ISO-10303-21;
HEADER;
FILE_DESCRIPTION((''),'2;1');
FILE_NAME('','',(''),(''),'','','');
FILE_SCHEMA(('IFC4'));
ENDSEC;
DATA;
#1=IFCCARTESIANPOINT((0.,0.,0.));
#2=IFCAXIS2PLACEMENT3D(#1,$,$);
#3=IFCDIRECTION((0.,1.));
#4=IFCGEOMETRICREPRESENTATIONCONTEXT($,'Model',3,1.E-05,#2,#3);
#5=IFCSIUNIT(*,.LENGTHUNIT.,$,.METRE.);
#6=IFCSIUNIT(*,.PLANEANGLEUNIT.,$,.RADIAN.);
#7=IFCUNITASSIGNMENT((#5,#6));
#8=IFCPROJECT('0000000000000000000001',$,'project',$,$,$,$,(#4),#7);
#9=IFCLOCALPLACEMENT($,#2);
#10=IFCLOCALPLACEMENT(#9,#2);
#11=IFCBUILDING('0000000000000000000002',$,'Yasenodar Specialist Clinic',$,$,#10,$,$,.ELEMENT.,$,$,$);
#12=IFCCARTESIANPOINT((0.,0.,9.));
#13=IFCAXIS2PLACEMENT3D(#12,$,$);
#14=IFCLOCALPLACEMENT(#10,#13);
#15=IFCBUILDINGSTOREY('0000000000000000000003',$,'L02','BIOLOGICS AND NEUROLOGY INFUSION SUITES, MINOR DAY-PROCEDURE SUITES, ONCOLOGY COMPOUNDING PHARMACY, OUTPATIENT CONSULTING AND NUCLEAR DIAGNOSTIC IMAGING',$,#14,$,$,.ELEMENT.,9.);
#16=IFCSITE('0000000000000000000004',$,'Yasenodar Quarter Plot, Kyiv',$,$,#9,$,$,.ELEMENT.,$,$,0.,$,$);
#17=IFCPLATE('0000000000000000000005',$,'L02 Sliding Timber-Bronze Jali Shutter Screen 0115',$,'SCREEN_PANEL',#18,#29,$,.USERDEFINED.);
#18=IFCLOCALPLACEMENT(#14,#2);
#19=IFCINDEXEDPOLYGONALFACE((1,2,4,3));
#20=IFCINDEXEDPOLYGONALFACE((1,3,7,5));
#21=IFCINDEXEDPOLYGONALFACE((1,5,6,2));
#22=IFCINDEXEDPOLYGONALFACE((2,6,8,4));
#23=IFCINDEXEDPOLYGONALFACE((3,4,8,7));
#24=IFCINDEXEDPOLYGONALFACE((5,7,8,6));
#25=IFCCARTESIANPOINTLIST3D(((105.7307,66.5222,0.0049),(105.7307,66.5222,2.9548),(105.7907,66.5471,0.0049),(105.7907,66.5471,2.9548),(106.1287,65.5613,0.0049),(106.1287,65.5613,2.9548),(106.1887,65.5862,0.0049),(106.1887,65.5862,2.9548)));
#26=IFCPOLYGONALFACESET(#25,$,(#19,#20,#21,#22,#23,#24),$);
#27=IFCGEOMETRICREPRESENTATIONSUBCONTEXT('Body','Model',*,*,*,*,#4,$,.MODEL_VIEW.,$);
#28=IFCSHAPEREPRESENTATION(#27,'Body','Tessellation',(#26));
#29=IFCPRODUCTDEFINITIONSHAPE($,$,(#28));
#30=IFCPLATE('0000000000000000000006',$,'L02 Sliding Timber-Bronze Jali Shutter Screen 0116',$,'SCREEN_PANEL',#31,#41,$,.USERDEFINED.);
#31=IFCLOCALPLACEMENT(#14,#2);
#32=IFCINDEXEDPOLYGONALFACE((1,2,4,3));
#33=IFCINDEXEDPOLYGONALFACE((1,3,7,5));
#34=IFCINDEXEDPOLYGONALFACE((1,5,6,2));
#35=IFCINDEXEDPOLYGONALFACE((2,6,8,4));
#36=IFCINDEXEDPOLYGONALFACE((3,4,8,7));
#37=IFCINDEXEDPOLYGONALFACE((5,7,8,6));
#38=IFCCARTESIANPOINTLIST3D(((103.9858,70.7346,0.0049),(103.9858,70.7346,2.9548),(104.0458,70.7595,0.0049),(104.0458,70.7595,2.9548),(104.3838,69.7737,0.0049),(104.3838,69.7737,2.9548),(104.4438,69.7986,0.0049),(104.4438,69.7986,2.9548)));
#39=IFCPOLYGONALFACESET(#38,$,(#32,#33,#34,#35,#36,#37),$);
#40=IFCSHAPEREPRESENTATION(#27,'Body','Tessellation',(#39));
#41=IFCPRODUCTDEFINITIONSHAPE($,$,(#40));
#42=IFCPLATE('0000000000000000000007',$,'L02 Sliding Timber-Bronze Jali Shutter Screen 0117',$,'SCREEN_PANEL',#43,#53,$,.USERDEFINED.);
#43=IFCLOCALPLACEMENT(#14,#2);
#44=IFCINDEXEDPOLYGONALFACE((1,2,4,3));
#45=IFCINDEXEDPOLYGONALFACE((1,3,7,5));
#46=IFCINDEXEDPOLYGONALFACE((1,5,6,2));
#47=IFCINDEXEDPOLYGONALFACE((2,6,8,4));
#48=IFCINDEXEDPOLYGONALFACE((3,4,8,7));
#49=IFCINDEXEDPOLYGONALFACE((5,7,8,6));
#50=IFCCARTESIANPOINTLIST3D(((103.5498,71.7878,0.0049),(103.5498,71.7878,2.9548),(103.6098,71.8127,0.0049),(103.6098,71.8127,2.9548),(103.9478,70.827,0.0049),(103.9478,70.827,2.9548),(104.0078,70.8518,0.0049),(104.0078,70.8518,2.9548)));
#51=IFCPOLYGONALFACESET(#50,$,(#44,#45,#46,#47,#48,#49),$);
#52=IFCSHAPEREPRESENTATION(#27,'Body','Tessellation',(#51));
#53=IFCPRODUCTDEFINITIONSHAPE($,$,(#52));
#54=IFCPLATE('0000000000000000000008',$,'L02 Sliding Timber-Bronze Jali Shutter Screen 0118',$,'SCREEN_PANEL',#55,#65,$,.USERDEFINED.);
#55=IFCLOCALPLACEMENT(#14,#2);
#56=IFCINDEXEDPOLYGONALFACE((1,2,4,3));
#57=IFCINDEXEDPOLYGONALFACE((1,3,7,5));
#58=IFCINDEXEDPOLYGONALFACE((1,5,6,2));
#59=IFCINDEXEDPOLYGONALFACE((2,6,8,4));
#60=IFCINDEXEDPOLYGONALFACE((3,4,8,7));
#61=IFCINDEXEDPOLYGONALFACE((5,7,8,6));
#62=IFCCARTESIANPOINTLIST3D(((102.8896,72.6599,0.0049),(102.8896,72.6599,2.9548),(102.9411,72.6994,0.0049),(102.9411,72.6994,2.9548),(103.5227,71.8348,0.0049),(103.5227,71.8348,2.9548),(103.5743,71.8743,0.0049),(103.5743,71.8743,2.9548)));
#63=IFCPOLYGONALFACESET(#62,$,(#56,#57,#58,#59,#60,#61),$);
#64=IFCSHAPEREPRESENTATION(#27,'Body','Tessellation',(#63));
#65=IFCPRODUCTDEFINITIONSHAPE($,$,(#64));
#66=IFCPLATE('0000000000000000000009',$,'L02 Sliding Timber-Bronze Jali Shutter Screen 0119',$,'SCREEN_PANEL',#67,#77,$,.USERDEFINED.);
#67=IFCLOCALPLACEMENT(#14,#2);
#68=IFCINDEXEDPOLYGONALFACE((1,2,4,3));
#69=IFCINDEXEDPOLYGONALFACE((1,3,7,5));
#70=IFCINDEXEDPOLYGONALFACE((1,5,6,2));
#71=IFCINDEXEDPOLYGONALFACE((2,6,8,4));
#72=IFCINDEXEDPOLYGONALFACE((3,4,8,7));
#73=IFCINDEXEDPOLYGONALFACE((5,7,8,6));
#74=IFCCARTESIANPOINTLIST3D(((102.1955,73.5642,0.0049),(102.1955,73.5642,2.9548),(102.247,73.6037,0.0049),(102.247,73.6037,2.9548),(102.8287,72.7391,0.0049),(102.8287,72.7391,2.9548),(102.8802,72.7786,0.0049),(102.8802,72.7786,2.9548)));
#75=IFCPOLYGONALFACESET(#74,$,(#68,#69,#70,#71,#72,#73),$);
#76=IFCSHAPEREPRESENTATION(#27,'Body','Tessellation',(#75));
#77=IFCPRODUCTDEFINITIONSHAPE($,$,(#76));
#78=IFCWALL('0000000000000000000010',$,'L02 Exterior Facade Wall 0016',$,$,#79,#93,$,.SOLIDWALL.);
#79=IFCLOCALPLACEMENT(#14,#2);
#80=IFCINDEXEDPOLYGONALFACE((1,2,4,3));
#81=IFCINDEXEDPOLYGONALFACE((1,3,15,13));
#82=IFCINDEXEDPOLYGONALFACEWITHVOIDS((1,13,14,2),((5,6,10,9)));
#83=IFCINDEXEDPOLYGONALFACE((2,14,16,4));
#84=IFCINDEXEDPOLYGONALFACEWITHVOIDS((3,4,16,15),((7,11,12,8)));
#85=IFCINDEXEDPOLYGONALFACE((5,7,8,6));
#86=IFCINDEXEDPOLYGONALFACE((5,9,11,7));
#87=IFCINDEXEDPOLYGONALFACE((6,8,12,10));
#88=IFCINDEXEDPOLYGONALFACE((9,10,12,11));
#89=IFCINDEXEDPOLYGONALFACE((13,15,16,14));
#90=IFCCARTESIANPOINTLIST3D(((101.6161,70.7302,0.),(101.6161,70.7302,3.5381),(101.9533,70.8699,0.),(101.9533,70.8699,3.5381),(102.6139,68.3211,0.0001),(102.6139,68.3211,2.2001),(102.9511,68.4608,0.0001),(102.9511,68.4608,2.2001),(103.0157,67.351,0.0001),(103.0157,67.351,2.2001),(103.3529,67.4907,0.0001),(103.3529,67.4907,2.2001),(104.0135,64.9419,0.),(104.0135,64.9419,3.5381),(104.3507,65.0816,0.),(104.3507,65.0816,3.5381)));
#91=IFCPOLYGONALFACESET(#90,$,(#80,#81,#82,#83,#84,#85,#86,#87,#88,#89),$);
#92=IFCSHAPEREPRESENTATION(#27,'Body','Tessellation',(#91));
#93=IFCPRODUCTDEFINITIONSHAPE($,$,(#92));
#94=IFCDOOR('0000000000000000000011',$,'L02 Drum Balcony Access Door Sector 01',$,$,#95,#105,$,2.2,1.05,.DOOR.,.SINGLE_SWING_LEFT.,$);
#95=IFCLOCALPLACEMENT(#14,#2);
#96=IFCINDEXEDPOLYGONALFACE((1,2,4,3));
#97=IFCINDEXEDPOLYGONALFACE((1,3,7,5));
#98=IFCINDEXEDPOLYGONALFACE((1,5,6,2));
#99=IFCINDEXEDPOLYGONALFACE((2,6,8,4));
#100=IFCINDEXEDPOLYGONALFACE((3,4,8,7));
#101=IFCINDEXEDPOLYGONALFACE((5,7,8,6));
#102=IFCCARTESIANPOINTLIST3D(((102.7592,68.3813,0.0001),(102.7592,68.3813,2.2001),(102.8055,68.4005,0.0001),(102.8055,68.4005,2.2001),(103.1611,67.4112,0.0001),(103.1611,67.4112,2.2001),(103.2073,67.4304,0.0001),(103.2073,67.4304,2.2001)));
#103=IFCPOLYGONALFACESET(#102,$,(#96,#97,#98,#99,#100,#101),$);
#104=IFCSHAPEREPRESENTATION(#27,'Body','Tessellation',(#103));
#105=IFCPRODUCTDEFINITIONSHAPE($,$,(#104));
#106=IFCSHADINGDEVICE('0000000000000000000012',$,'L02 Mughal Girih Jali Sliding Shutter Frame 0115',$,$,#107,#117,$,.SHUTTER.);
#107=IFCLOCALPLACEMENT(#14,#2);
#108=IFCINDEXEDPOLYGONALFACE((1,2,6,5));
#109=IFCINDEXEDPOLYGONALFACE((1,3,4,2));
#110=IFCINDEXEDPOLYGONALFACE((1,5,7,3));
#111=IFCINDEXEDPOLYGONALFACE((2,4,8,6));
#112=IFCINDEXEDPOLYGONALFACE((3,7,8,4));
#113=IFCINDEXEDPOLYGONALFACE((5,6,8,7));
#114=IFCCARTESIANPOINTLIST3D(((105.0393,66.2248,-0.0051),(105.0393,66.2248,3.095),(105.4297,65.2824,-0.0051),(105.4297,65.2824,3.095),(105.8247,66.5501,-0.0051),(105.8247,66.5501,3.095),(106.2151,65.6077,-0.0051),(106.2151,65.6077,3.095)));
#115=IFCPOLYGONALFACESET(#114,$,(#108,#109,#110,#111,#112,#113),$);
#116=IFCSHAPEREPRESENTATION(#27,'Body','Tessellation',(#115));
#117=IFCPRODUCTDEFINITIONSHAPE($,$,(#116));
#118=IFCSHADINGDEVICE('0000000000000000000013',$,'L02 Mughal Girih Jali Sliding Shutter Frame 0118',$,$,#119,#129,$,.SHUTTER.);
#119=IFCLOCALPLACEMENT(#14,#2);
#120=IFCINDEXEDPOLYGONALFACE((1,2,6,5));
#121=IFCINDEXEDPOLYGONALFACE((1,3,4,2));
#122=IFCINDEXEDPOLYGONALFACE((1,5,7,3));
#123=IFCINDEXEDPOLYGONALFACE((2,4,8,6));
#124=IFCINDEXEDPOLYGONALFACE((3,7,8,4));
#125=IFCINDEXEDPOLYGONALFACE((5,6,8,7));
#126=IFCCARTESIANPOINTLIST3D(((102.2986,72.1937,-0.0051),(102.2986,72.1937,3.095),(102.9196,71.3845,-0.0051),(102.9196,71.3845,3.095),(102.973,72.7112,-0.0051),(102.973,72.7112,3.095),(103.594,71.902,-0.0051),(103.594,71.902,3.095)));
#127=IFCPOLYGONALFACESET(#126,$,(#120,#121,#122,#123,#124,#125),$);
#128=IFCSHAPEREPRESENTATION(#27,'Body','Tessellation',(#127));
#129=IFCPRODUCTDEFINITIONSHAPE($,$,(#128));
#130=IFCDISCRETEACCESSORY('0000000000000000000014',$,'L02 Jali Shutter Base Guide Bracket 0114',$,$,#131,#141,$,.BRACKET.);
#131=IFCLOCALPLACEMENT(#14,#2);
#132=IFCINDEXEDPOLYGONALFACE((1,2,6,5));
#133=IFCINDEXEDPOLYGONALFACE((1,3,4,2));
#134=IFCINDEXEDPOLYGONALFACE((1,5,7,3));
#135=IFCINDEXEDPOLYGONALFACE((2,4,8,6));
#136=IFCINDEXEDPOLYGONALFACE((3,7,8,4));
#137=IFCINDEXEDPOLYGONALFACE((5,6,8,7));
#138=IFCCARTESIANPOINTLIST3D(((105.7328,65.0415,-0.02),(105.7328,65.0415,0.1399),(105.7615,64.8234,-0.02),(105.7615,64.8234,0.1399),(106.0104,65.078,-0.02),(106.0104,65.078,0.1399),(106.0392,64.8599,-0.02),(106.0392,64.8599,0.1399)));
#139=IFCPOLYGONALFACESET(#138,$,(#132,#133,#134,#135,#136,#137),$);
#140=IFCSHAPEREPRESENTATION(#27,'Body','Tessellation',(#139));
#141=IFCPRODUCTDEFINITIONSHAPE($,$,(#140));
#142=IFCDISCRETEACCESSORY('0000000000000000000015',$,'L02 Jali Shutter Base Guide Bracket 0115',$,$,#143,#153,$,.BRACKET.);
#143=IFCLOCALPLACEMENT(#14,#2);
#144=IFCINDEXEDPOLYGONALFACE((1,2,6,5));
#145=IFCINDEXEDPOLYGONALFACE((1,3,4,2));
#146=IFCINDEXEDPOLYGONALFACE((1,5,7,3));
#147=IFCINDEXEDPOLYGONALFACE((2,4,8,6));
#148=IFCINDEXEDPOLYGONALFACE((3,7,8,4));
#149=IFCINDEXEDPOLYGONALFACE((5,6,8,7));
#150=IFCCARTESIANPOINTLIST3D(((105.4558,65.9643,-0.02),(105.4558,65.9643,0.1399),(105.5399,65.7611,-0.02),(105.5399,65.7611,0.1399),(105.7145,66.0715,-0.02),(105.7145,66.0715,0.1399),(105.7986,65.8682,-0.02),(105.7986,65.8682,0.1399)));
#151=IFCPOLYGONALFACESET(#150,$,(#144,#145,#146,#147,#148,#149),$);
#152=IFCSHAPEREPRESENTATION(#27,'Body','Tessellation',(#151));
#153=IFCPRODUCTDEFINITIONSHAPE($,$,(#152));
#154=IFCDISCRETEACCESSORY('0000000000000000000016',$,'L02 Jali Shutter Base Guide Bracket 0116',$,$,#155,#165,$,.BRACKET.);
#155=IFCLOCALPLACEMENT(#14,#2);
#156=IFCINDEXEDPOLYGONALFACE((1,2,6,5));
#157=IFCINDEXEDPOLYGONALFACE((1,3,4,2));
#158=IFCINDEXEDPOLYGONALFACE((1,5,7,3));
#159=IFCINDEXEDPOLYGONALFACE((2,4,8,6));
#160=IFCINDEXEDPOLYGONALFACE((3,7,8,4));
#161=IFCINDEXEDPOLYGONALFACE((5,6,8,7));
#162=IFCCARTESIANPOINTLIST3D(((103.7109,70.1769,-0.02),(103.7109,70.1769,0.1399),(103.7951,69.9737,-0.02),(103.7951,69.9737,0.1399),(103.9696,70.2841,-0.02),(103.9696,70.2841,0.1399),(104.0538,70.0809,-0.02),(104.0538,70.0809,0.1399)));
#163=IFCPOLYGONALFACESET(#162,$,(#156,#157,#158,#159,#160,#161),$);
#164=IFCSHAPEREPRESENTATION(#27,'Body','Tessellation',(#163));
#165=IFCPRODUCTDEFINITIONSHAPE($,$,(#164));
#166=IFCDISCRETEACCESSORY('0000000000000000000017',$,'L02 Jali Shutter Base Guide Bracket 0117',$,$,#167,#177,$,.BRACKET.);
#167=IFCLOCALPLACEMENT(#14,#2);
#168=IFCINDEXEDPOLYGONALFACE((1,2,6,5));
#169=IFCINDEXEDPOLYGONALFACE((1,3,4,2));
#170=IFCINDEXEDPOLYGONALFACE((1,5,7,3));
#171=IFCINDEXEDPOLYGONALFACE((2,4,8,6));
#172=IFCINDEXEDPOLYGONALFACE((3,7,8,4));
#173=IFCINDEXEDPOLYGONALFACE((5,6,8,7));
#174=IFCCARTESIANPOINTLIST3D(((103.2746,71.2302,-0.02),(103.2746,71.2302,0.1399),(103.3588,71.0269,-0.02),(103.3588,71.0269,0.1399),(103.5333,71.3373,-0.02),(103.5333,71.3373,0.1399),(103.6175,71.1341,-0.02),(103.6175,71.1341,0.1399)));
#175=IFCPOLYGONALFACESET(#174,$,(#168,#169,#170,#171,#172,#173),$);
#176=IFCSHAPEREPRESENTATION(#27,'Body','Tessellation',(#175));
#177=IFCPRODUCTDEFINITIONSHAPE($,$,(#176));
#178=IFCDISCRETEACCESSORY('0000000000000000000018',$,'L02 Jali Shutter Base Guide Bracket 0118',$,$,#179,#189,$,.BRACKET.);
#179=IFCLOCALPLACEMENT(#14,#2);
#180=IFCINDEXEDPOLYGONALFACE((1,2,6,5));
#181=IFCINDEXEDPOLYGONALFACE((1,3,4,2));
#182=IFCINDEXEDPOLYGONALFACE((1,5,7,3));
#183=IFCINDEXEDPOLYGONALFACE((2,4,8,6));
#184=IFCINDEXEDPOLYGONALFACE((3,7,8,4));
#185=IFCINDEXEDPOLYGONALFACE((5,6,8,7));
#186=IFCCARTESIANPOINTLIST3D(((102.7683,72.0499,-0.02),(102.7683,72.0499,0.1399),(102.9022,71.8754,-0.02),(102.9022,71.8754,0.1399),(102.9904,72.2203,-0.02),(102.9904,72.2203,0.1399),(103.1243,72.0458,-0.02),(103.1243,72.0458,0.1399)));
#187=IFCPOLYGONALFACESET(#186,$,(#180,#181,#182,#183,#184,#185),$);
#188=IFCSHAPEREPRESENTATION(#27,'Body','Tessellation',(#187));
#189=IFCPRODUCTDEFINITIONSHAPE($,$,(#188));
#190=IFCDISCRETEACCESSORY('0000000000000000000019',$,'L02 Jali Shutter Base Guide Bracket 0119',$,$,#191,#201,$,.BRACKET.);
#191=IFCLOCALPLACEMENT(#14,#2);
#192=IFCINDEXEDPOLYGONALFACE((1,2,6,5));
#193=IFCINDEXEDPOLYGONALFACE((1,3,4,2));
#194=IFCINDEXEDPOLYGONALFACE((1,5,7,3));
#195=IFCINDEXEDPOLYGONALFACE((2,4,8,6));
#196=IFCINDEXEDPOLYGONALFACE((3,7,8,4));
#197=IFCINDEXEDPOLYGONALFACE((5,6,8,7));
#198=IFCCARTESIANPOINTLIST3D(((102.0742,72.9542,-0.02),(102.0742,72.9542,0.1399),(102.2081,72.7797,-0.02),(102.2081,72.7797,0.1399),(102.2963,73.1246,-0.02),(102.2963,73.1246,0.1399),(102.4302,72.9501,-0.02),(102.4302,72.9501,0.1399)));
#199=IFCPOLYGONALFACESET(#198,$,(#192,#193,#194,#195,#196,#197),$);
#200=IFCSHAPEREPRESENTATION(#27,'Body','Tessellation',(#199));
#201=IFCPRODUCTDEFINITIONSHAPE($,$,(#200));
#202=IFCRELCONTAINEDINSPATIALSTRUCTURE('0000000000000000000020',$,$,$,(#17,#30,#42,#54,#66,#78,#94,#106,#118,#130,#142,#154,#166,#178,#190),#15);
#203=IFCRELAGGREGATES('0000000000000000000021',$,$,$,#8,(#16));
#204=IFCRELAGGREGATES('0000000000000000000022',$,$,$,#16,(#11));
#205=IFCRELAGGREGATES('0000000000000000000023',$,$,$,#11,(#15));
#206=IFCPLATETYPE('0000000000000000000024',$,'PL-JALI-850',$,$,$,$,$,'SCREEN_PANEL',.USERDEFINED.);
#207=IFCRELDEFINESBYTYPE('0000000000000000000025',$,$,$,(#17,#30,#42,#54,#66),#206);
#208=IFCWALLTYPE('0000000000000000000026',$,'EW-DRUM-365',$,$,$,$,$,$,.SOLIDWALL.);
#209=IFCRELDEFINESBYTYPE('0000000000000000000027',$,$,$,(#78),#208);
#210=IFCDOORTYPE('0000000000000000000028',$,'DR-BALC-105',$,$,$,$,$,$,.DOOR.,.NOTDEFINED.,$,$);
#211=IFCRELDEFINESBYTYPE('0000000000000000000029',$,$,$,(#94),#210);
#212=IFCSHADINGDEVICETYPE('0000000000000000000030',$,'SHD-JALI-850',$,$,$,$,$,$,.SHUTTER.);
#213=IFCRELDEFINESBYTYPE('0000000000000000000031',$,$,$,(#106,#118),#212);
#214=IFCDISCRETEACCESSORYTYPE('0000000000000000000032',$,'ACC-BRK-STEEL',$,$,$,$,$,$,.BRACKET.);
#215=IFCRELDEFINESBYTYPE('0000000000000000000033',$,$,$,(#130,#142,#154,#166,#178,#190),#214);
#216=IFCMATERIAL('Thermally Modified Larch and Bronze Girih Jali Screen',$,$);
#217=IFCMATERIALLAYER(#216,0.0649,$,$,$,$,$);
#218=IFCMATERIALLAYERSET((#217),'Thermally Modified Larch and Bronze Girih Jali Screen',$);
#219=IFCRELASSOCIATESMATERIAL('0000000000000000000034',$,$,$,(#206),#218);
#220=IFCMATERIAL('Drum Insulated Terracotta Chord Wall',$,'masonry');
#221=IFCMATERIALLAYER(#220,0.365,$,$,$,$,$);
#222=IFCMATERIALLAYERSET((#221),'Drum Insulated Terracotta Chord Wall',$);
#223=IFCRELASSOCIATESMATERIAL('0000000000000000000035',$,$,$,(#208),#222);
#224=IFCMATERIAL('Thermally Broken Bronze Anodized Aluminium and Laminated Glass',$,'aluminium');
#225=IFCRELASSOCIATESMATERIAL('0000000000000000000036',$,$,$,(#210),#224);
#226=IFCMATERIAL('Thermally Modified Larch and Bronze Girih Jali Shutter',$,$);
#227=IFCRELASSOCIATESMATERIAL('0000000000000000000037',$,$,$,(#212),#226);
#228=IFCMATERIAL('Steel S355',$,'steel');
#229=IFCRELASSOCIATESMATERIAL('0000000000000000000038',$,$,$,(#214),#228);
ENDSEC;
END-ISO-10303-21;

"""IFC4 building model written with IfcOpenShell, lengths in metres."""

from ifc_helpers import new_model, si_unit, direction, frame, frame_2d, origin, origin_2d, place, context, subcontext, project, spatial, rectangle, extrude, material, layer, layer_set, type_object, element, fill, save


model = new_model("IFC4")

# Units and contexts
model_context = context("Model", 3, precision=1e-05, world=origin(), true_north=direction((0.0, 1.0)))
body_context = subcontext(model_context, "Body", "Model", "MODEL_VIEW")
ifc_project = project(units=[si_unit("LENGTHUNIT", "METRE"), si_unit("PLANEANGLEUNIT", "RADIAN")], contexts=[model_context])

# Site, building, storey
site_placement = place(None, origin())
site = spatial("IfcSite", under=ifc_project, at=site_placement, Name="Yasenodar Quarter Plot, Kyiv", CompositionType="ELEMENT", RefElevation=0.0)
building_placement = place(site_placement, origin())
building = spatial("IfcBuilding", under=site, at=building_placement, Name="Yasenodar Specialist Clinic", CompositionType="ELEMENT")
storey_placement = place(building_placement, frame((0.0, 0.0, 9.0)))
storey = spatial("IfcBuildingStorey", under=building, at=storey_placement, Name="L02", Description="BIOLOGICS AND NEUROLOGY INFUSION SUITES, MINOR DAY-PROCEDURE SUITES, ONCOLOGY COMPOUNDING PHARMACY, OUTPATIENT CONSULTING AND NUCLEAR DIAGNOSTIC IMAGING", CompositionType="ELEMENT", Elevation=9.0)

# Shared definitions
ifc_material_1 = material(Name="Steel S355", Category="steel")

# Plates
ifc_material_2 = material(Name="Thermally Modified Larch and Bronze Girih Jali Screen")
ifc_layer_1 = layer(ifc_material_2, 0.0649)
ifc_layer_set_1 = layer_set([ifc_layer_1], Name="Thermally Modified Larch and Bronze Girih Jali Screen")
plate_type = type_object("IfcPlateType", Name="PL-JALI-850", ElementType="SCREEN_PANEL", PredefinedType="USERDEFINED", material=ifc_layer_set_1)
for number, where, z_axis, x_axis, name in (
    (1, (105.9597, 66.0542, 0.0049), (0.0, 0.0, 1.0), (-0.382687, 0.923878, 0.0), "L02 Sliding Timber-Bronze Jali Shutter Screen 0115"),
    (2, (104.2148, 70.2666, 0.0049), (0.0, 0.0, 1.0), (-0.382687, 0.923878, 0.0), "L02 Sliding Timber-Bronze Jali Shutter Screen 0116"),
    (3, (103.7788, 71.3198, 0.0049), (0.0, 0.0, 1.0), (-0.382687, 0.923878, 0.0), "L02 Sliding Timber-Bronze Jali Shutter Screen 0117"),
    (4, (103.2319, 72.2671, 0.0049), (0.0, 0.0, 1.0), (-0.608764, 0.793351, 0.0), "L02 Sliding Timber-Bronze Jali Shutter Screen 0118"),
    (5, (102.5378, 73.1714, 0.0049), (0.0, 0.0, 1.0), (-0.608764, 0.793351, 0.0), "L02 Sliding Timber-Bronze Jali Shutter Screen 0119"),
):
    element("IfcPlate", number, at=place(storey_placement, frame(where, z_axis=z_axis, x_axis=x_axis)), inside=storey, type_object=plate_type, Name=name, ObjectType="SCREEN_PANEL", PredefinedType="USERDEFINED", context=body_context, shape_type="SweptSolid", body=[
        extrude(rectangle(XDim=1.04, YDim=0.0649, at=origin_2d()), origin(), (0.0, 0.0, 1.0), 2.95),
    ])

# Wall, opening, door
ifc_material_3 = material(Name="Drum Insulated Terracotta Chord Wall", Category="masonry")
ifc_layer_2 = layer(ifc_material_3, 0.365)
ifc_layer_set_2 = layer_set([ifc_layer_2], Name="Drum Insulated Terracotta Chord Wall")
wall_type = type_object("IfcWallType", Name="EW-DRUM-365", PredefinedType="SOLIDWALL", material=ifc_layer_set_2)
wall_placement = place(storey_placement, frame((101.7847, 70.8, 0.0), z_axis=(0.0, 0.0, 1.0), x_axis=(0.382664, -0.923888, 0.0)))
wall = element("IfcWall", 6, at=wall_placement, inside=storey, type_object=wall_type, Name="L02 Exterior Facade Wall 0016", PredefinedType="SOLIDWALL", context=body_context, shape_type="SweptSolid", body=[
    extrude(rectangle(XDim=6.2651, YDim=0.365, at=frame_2d((3.1326, 0.0))), origin(), (0.0, 0.0, 1.0), 3.5381),
])
opening_placement = place(wall_placement, frame((2.6077, 0.0, 0.0)))
opening = element("IfcOpeningElement", 7, at=opening_placement, cuts=wall, PredefinedType="OPENING", context=body_context, shape_type="SweptSolid", body=[
    extrude(rectangle(XDim=1.05, YDim=2.2, at=frame_2d((0.5249, 1.1001))), frame((0.0, 0.1924, 0.0), z_axis=(0.0, -1.0, 0.0), x_axis=(1.0, 0.0, 0.0)), (0.0, 0.0, 1.0), 0.385),
])
ifc_material_4 = material(Name="Thermally Broken Bronze Anodized Aluminium and Laminated Glass", Category="aluminium")
door_type = type_object("IfcDoorType", Name="DR-BALC-105", OperationType="NOTDEFINED", PredefinedType="DOOR", material=ifc_material_4)
door_placement = place(opening_placement, origin())
door = element("IfcDoor", 8, at=door_placement, inside=storey, type_object=door_type, Name="L02 Drum Balcony Access Door Sector 01", OperationType="SINGLE_SWING_LEFT", OverallHeight=2.2, OverallWidth=1.05, PredefinedType="DOOR", context=body_context, shape_type="SweptSolid", body=[
    extrude(rectangle(XDim=1.05, YDim=2.2, at=frame_2d((0.5249, 1.1001))), frame((0.0, 0.0249, 0.0), z_axis=(0.0, -1.0, 0.0), x_axis=(1.0, 0.0, 0.0)), (0.0, 0.0, 1.0), 0.05),
])
fill(opening, door)

# Shading devices
ifc_material_5 = material(Name="Thermally Modified Larch and Bronze Girih Jali Shutter")
shading_device_type = type_object("IfcShadingDeviceType", Name="SHD-JALI-850", PredefinedType="SHUTTER", material=ifc_material_5)
for number, where, z_axis, x_axis, name in (
    (9, (105.6272, 65.9163, -0.0051), (0.0, 0.0, 1.0), (-0.382687, 0.923878, 0.0), "L02 Mughal Girih Jali Sliding Shutter Frame 0115"),
    (10, (102.9463, 72.0479, -0.0051), (0.0, 0.0, 1.0), (-0.608764, 0.793351, 0.0), "L02 Mughal Girih Jali Sliding Shutter Frame 0118"),
):
    element("IfcShadingDevice", number, at=place(storey_placement, frame(where, z_axis=z_axis, x_axis=x_axis)), inside=storey, type_object=shading_device_type, Name=name, PredefinedType="SHUTTER", context=body_context, shape_type="SweptSolid", body=[
        extrude(rectangle(XDim=1.02, YDim=0.8501, at=origin_2d()), origin(), (0.0, 0.0, 1.0), 3.1001),
    ])

# Discrete accessories
discrete_accessory_type = type_object("IfcDiscreteAccessoryType", Name="ACC-BRK-STEEL", PredefinedType="BRACKET", material=ifc_material_1)
for number, where, z_axis, x_axis, name in (
    (11, (105.886, 64.9507, -0.02), (0.0, 0.0, 1.0), (-0.130519, 0.991446, 0.0), "L02 Jali Shutter Base Guide Bracket 0114"),
    (12, (105.6272, 65.9163, -0.02), (0.0, 0.0, 1.0), (-0.382687, 0.923878, 0.0), "L02 Jali Shutter Base Guide Bracket 0115"),
    (13, (103.8823, 70.1289, -0.02), (0.0, 0.0, 1.0), (-0.382687, 0.923878, 0.0), "L02 Jali Shutter Base Guide Bracket 0116"),
    (14, (103.446, 71.1821, -0.02), (0.0, 0.0, 1.0), (-0.382687, 0.923878, 0.0), "L02 Jali Shutter Base Guide Bracket 0117"),
    (15, (102.9463, 72.0479, -0.02), (0.0, 0.0, 1.0), (-0.608764, 0.793351, 0.0), "L02 Jali Shutter Base Guide Bracket 0118"),
    (16, (102.2522, 72.9521, -0.02), (0.0, 0.0, 1.0), (-0.608764, 0.793351, 0.0), "L02 Jali Shutter Base Guide Bracket 0119"),
):
    element("IfcDiscreteAccessory", number, at=place(storey_placement, frame(where, z_axis=z_axis, x_axis=x_axis)), inside=storey, type_object=discrete_accessory_type, Name=name, PredefinedType="BRACKET", context=body_context, shape_type="SweptSolid", body=[
        extrude(rectangle(XDim=0.22, YDim=0.28, at=origin_2d()), origin(), (0.0, 0.0, 1.0), 0.1599),
    ])

save(model, "model.ifc")
